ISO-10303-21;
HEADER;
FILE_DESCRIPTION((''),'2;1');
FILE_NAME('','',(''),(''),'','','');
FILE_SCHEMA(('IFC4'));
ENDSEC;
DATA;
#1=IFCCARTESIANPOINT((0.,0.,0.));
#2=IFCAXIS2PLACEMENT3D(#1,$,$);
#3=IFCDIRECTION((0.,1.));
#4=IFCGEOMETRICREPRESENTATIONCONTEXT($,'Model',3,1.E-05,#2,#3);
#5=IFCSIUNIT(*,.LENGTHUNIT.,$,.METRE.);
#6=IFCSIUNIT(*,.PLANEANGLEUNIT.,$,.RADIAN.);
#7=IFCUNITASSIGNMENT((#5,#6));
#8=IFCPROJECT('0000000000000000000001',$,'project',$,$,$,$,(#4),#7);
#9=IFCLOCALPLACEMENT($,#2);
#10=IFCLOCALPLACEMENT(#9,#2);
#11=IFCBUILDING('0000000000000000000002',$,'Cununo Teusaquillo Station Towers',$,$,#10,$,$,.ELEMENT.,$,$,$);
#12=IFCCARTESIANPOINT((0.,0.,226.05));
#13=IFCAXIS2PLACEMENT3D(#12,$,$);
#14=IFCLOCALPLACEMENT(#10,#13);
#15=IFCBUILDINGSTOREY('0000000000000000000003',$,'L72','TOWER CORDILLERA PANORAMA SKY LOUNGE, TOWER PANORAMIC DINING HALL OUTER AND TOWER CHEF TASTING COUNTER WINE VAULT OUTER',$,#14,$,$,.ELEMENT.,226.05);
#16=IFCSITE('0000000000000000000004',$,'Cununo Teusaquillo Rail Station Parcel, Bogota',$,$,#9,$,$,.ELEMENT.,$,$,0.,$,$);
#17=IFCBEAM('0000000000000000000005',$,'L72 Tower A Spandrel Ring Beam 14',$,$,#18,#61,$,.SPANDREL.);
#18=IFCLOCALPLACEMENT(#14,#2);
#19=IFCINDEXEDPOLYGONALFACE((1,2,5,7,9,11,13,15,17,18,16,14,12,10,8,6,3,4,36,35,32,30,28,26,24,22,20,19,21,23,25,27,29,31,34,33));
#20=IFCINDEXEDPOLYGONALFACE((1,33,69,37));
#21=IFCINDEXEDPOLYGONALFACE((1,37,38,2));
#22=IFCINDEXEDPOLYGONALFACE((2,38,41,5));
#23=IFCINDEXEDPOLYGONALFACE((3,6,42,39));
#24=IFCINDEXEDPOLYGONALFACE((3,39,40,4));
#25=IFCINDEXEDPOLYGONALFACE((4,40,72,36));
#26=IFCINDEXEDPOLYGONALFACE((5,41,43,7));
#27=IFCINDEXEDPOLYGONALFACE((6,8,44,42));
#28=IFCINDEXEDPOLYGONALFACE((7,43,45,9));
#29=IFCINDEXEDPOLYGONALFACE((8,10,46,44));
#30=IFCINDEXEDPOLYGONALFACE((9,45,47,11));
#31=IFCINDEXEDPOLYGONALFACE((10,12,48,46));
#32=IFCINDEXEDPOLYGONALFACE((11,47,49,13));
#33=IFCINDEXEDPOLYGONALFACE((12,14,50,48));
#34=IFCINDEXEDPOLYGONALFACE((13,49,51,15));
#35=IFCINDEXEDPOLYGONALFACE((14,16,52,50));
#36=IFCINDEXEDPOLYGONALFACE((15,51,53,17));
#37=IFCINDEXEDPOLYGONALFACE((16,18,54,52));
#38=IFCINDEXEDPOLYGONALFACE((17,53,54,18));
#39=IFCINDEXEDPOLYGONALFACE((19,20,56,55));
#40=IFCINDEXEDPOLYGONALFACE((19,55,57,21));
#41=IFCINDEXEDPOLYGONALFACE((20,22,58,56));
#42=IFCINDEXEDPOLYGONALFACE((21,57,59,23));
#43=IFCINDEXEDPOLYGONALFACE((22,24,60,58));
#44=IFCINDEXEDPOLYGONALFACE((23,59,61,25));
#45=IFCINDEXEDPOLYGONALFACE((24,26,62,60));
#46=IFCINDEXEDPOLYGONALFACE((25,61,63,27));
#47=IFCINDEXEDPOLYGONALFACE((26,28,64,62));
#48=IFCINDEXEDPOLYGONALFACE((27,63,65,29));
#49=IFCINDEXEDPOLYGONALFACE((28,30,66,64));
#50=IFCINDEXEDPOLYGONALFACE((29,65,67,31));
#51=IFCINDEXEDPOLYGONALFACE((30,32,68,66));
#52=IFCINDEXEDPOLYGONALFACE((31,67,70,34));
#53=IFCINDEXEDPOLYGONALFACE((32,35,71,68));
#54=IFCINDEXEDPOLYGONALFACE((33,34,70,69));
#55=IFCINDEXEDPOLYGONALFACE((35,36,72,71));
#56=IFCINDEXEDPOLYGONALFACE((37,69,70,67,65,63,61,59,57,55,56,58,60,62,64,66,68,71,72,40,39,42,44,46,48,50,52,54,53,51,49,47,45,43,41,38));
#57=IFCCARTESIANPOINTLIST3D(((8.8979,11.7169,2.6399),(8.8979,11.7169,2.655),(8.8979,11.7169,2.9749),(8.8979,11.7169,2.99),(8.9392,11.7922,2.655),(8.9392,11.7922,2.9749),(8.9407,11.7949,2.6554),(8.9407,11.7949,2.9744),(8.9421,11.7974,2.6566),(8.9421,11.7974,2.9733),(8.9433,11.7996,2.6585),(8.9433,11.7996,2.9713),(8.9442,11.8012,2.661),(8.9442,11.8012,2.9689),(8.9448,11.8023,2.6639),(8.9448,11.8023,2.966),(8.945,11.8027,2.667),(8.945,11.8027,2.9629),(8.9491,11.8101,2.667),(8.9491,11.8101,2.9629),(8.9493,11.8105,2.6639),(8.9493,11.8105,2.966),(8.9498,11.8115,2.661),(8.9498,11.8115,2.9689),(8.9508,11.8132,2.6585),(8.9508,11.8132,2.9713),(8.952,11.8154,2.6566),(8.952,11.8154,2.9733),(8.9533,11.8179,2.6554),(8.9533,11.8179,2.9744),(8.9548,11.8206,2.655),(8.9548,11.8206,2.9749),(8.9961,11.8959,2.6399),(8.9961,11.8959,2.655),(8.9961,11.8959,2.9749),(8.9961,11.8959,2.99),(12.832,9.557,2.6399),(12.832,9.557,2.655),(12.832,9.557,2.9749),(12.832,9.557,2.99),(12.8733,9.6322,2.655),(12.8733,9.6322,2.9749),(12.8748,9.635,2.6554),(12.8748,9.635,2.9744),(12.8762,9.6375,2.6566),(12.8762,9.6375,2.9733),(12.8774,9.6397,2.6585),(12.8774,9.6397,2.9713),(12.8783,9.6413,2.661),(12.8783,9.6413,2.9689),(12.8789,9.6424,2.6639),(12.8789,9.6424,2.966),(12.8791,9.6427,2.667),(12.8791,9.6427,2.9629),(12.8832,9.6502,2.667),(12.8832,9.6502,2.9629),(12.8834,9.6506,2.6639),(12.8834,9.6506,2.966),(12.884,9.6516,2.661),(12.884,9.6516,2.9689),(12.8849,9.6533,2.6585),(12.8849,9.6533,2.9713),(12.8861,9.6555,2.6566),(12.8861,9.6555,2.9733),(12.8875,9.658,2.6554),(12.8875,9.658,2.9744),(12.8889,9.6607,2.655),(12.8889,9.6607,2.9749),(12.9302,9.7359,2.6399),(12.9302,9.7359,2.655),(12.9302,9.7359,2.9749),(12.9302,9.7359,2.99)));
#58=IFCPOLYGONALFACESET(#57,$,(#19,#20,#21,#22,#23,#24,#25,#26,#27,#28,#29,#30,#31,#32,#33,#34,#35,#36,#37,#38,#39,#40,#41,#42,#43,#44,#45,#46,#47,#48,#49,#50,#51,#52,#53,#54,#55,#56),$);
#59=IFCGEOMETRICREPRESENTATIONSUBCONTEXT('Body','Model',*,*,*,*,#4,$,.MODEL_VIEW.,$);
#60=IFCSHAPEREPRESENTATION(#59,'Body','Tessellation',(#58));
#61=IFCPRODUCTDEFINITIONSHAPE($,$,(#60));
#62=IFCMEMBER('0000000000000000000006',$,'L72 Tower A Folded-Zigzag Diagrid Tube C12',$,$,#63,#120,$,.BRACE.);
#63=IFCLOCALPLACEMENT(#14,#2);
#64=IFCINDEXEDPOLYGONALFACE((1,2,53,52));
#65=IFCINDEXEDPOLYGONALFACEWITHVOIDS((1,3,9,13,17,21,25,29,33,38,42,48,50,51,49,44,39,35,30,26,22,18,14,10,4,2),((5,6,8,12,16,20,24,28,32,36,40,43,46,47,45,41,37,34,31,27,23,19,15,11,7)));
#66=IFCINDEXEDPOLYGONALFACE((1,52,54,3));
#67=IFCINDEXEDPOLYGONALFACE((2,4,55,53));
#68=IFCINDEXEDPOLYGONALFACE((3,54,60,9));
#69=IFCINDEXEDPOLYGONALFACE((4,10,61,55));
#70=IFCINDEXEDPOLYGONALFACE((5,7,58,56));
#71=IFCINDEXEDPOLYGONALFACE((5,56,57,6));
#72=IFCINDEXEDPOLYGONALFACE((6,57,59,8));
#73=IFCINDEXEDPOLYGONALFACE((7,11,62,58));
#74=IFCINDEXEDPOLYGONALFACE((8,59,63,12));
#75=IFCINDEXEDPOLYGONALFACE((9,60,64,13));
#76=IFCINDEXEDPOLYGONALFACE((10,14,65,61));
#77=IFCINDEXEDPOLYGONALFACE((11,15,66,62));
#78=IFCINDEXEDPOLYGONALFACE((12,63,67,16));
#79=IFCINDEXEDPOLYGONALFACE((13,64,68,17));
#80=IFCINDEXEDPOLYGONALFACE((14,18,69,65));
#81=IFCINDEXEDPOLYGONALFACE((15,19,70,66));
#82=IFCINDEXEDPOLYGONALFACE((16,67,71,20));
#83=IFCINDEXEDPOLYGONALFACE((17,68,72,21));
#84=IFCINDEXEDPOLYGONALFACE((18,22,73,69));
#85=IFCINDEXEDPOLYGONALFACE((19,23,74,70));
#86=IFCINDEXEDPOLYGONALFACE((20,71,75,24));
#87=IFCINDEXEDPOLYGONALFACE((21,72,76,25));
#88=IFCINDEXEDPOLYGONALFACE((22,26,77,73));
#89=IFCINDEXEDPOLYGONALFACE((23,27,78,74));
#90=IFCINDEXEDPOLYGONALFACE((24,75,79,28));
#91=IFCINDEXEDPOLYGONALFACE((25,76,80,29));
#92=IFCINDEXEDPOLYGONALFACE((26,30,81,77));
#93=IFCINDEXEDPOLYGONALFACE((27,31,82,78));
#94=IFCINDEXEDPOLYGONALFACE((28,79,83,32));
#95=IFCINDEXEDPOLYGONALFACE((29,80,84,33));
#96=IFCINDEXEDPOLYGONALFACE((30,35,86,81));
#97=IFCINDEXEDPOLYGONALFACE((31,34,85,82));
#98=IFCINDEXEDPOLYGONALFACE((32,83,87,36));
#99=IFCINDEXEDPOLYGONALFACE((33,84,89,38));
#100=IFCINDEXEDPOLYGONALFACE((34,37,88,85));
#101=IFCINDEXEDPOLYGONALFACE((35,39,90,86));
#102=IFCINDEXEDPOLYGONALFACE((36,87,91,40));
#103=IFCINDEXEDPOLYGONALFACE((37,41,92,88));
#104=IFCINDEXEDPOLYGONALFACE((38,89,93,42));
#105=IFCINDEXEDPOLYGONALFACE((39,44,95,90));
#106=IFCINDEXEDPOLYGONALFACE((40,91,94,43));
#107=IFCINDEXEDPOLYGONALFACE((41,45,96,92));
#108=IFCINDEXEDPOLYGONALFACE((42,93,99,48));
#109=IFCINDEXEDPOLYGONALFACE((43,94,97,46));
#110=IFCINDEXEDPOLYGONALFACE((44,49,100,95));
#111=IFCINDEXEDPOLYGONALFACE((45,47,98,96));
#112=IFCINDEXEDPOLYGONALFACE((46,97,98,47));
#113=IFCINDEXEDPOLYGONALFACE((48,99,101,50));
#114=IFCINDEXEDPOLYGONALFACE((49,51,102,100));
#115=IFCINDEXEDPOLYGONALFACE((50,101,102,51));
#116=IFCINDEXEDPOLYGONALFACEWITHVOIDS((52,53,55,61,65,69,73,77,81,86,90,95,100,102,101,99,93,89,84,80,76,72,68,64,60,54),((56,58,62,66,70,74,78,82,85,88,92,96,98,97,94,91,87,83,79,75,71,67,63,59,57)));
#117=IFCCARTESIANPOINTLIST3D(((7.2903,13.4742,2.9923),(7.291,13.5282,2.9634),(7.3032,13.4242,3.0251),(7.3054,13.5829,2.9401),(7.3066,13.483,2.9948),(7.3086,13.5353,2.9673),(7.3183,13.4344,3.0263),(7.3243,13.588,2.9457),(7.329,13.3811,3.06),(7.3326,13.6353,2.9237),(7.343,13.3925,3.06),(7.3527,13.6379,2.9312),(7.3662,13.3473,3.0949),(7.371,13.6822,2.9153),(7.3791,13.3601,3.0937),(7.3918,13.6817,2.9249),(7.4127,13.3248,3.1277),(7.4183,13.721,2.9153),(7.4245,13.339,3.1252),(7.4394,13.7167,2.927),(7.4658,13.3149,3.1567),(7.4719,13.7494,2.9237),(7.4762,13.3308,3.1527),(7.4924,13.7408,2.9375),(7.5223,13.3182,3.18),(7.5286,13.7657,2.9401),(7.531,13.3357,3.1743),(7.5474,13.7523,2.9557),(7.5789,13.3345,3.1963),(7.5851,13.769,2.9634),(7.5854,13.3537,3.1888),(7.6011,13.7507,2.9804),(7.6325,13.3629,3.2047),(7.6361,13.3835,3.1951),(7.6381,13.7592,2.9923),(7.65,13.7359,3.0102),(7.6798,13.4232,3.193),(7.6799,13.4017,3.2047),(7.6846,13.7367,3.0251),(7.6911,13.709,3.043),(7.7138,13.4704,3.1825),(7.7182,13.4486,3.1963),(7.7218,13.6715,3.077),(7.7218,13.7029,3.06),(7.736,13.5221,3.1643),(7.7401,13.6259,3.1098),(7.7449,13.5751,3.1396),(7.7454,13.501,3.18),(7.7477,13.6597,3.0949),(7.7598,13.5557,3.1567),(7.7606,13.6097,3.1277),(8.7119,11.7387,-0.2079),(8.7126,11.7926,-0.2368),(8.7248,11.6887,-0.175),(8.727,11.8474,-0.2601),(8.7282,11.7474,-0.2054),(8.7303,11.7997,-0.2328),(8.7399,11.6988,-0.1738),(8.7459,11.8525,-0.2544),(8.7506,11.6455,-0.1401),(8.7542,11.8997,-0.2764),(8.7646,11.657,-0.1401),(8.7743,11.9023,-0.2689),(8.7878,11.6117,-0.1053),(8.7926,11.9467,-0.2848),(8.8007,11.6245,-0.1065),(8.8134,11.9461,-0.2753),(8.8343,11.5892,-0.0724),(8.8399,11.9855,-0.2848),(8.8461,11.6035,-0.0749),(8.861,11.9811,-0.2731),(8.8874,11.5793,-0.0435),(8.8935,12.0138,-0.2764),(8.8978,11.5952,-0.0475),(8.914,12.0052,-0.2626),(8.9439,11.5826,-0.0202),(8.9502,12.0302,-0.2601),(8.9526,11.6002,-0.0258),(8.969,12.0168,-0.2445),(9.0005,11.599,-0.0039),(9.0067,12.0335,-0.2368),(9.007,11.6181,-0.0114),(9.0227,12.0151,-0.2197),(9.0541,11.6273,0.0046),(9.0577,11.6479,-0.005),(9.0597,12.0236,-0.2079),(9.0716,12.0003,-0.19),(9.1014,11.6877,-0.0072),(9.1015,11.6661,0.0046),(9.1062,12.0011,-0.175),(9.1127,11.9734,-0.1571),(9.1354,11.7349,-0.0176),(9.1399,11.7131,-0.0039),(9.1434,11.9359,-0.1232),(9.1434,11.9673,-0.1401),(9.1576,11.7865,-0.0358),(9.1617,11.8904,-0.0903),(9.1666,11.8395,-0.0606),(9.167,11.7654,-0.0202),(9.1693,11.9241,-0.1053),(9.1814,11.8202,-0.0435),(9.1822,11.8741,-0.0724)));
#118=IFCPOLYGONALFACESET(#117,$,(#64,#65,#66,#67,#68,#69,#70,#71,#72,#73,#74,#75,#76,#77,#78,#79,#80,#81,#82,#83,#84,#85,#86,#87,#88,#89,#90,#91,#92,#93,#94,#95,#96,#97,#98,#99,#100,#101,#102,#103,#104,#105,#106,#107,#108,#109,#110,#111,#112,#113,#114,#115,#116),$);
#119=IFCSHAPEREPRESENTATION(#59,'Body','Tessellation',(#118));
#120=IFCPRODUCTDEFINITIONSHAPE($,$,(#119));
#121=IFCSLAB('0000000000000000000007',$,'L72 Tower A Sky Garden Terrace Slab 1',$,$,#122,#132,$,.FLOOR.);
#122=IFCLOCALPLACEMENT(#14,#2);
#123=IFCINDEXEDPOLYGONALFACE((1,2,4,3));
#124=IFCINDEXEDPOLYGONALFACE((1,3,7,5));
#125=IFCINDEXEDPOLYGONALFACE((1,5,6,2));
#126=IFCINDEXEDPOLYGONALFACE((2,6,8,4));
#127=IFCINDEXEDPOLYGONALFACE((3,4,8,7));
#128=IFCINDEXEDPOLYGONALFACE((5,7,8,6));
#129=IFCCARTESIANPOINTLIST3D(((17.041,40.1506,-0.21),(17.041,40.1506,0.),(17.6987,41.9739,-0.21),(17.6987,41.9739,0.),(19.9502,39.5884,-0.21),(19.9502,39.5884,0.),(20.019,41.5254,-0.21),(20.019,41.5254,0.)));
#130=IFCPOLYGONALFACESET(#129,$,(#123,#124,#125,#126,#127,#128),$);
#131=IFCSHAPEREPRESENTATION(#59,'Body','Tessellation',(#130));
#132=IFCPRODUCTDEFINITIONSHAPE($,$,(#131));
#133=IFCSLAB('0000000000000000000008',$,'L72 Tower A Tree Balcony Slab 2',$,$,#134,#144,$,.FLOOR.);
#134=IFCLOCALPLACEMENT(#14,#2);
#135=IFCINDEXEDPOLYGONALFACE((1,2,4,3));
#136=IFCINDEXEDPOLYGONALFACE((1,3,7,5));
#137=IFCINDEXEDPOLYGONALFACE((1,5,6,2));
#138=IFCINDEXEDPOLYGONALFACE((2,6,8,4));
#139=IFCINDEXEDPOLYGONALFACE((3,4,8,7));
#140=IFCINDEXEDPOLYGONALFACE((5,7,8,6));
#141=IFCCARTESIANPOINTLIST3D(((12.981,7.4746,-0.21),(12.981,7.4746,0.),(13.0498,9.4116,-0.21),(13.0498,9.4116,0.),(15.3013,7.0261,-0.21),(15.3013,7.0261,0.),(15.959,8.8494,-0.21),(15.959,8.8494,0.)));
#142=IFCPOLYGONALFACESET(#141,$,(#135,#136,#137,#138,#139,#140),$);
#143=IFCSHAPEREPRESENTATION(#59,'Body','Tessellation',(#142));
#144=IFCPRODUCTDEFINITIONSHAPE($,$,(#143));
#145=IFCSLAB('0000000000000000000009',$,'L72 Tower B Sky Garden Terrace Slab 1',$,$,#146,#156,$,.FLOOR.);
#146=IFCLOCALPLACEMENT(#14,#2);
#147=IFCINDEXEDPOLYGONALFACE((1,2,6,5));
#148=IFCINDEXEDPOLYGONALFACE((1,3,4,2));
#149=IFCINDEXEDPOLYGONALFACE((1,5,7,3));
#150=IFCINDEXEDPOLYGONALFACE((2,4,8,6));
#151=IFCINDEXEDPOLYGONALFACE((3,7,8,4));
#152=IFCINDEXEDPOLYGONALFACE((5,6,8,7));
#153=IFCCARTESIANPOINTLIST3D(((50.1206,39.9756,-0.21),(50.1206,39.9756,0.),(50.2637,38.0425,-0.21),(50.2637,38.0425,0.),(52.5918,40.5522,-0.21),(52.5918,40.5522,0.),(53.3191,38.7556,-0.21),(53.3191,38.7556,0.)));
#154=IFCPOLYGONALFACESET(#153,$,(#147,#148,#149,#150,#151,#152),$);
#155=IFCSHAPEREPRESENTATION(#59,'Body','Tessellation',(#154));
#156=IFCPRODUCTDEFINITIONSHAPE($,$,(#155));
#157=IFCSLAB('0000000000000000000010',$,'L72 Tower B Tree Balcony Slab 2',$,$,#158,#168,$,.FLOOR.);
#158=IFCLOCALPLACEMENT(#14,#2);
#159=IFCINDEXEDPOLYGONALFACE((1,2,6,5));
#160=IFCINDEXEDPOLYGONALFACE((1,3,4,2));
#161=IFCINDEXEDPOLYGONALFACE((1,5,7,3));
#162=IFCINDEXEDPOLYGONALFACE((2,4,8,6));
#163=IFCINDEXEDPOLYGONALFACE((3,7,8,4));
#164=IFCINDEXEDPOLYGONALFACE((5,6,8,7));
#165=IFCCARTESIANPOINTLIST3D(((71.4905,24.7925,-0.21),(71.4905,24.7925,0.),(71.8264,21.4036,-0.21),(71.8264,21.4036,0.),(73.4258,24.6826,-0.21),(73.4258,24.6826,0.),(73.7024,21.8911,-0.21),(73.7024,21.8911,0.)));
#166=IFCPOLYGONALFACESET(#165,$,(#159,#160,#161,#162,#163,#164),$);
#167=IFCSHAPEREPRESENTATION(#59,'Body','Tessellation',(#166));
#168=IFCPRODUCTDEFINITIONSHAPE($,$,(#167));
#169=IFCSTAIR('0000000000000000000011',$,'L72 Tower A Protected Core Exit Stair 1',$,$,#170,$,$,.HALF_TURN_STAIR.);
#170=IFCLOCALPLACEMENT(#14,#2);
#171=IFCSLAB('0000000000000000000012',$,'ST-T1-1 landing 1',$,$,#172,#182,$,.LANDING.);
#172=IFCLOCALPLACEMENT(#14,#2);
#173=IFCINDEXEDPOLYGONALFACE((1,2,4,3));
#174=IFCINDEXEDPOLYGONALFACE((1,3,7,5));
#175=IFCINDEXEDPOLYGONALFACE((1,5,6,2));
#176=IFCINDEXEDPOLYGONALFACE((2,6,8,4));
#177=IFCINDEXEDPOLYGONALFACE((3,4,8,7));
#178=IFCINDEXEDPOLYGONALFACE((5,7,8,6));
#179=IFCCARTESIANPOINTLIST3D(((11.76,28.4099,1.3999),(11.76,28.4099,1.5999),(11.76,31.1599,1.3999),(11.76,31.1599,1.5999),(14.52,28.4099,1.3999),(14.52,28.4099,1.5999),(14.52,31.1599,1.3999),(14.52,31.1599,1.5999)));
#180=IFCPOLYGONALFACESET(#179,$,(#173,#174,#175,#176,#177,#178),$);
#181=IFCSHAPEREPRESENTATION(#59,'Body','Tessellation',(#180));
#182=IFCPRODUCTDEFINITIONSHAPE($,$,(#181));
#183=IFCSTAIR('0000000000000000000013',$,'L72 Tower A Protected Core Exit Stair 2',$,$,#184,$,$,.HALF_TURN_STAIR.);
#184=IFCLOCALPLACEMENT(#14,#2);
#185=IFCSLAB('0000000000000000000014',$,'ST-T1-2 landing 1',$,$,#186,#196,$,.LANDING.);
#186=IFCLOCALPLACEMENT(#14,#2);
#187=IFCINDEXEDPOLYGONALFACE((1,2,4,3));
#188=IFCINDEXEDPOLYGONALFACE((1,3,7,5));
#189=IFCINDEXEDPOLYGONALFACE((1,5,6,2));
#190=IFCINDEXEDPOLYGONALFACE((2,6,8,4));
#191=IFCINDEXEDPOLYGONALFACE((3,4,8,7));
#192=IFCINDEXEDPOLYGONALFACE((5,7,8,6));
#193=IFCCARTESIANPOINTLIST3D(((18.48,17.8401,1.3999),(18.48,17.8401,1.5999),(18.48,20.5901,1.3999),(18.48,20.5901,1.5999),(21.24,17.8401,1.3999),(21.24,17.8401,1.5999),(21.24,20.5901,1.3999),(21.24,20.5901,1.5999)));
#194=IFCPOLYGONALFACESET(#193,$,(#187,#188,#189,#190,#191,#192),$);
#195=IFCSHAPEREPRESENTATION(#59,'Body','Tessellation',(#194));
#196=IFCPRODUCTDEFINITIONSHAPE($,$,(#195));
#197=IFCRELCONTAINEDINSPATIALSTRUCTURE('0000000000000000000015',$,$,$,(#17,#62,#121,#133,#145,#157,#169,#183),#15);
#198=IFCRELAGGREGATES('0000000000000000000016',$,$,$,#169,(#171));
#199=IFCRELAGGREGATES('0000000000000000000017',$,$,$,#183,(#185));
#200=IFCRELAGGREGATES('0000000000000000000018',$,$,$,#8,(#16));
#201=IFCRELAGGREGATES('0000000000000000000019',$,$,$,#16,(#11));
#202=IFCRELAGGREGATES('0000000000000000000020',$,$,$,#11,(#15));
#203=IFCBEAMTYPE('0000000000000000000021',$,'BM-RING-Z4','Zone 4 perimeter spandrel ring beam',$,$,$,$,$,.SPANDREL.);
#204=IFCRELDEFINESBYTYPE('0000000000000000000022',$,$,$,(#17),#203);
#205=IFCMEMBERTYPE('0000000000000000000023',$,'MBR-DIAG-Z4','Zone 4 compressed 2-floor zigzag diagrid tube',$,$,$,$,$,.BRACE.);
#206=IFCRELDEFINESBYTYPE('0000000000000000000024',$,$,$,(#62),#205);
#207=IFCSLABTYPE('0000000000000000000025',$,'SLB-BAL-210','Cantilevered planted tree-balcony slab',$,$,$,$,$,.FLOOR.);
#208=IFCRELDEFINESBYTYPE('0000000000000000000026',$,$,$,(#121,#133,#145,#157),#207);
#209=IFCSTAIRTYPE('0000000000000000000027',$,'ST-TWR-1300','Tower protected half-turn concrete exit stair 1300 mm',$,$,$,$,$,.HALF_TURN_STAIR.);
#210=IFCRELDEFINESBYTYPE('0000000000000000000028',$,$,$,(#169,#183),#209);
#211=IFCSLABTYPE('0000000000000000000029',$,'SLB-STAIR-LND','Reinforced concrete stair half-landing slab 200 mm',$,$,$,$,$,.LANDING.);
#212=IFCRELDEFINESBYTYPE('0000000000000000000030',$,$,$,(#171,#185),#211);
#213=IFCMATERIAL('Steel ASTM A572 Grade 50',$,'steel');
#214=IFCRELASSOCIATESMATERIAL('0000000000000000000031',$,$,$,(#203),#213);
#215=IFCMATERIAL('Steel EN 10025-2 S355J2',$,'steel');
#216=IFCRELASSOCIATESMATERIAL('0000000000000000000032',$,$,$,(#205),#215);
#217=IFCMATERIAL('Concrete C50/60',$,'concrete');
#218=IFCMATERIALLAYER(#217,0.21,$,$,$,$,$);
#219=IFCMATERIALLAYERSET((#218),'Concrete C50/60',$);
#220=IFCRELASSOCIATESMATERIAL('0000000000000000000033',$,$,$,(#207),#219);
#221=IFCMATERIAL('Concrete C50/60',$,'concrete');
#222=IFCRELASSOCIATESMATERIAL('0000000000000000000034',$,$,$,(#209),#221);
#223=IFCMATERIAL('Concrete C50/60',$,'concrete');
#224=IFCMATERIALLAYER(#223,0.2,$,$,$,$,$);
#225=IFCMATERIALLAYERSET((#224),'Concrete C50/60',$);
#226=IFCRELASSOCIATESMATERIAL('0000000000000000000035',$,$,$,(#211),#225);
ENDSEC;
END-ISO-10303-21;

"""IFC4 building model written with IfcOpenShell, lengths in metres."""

from ifc_helpers import new_model, si_unit, direction, frame, origin, origin_2d, place, context, subcontext, project, spatial, polyline, hollow_circle, i_section, outline, extrude, material, layer, layer_set, material_profile, profile_set, type_object, element, aggregate, save


model = new_model("IFC4")

# Units and contexts
model_context = context("Model", 3, precision=1e-05, world=origin(), true_north=direction((0.0, 1.0)))
body_context = subcontext(model_context, "Body", "Model", "MODEL_VIEW")
ifc_project = project(units=[si_unit("LENGTHUNIT", "METRE"), si_unit("PLANEANGLEUNIT", "RADIAN")], contexts=[model_context])

# Site, building, storey
site_placement = place(None, origin())
site = spatial("IfcSite", under=ifc_project, at=site_placement, Name="Cununo Teusaquillo Rail Station Parcel, Bogota", CompositionType="ELEMENT", RefElevation=0.0)
building_placement = place(site_placement, origin())
building = spatial("IfcBuilding", under=site, at=building_placement, Name="Cununo Teusaquillo Station Towers", CompositionType="ELEMENT")
storey_placement = place(building_placement, frame((0.0, 0.0, 226.05)))
storey = spatial("IfcBuildingStorey", under=building, at=storey_placement, Name="L72", Description="TOWER CORDILLERA PANORAMA SKY LOUNGE, TOWER PANORAMIC DINING HALL OUTER AND TOWER CHEF TASTING COUNTER WINE VAULT OUTER", CompositionType="ELEMENT", Elevation=226.05)

# Beam
ifc_material_1 = material(Name="Steel ASTM A572 Grade 50", Category="steel")
ifc_material_profile_1 = material_profile(ifc_material_1, i_section(OverallWidth=0.2041, OverallDepth=0.3501, WebThickness=0.0085, FlangeThickness=0.0151, FilletRadius=0.012, at=origin_2d()), Name="W14X48")
ifc_profile_set_1 = profile_set([ifc_material_profile_1], Name="Steel ASTM A572 Grade 50")
beam_type = type_object("IfcBeamType", Name="BM-RING-Z4", Description="Zone 4 perimeter spandrel ring beam", PredefinedType="SPANDREL", material=ifc_profile_set_1)
beam_1_placement = place(storey_placement, frame((8.947, 11.8064, 2.8149), z_axis=(0.876576, -0.481263, 0.0), x_axis=(0.481263, 0.876576, 0.0)))
element("IfcBeam", 1, at=beam_1_placement, inside=storey, type_object=beam_type, Name="L72 Tower A Spandrel Ring Beam 14", PredefinedType="SPANDREL", context=body_context, shape_type="SweptSolid", body=[
    extrude(i_section(OverallWidth=0.2041, OverallDepth=0.3501, WebThickness=0.0085, FlangeThickness=0.0151, FilletRadius=0.012, at=origin_2d()), origin(), (0.0, 0.0, 1.0), 4.488),
])

# Member
ifc_material_2 = material(Name="Steel EN 10025-2 S355J2", Category="steel")
ifc_material_profile_2 = material_profile(ifc_material_2, hollow_circle(Radius=0.2539, WallThickness=0.0181, at=origin_2d()), Name="CHS 508x18")
ifc_profile_set_2 = profile_set([ifc_material_profile_2], Name="Steel EN 10025-2 S355J2")
member_type = type_object("IfcMemberType", Name="MBR-DIAG-Z4", Description="Zone 4 compressed 2-floor zigzag diagrid tube", PredefinedType="BRACE", material=ifc_profile_set_2)
member_placement = place(storey_placement, frame((8.947, 11.8064, -0.1401), z_axis=(-0.363749, 0.444083, 0.818827), x_axis=(-0.773608, -0.633664, 0.0)))
element("IfcMember", 2, at=member_placement, inside=storey, type_object=member_type, Name="L72 Tower A Folded-Zigzag Diagrid Tube C12", PredefinedType="BRACE", context=body_context, shape_type="SweptSolid", body=[
    extrude(hollow_circle(Radius=0.2539, WallThickness=0.0181, at=origin_2d()), origin(), (0.0, 0.0, 1.0), 3.9082),
])

# Slabs
ifc_material_3 = material(Name="Concrete C50/60", Category="concrete")
ifc_layer_1 = layer(ifc_material_3, 0.21)
ifc_layer_set_1 = layer_set([ifc_layer_1], Name="Concrete C50/60")
slab_type_1 = type_object("IfcSlabType", Name="SLB-BAL-210", Description="Cantilevered planted tree-balcony slab", PredefinedType="FLOOR", material=ifc_layer_set_1)
slab_1_placement = place(storey_placement, frame((0.0, 0.0, -0.21)))
element("IfcSlab", 3, at=slab_1_placement, inside=storey, type_object=slab_type_1, Name="L72 Tower A Sky Garden Terrace Slab 1", PredefinedType="FLOOR", context=body_context, shape_type="SweptSolid", body=[
    extrude(outline(polyline([(19.9502, 39.5884), (17.041, 40.1506), (17.6987, 41.9739), (20.019, 41.5254), (19.9502, 39.5884)])), origin(), (0.0, 0.0, 1.0), 0.21),
])
slab_2_placement = place(storey_placement, frame((0.0, 0.0, -0.21)))
element("IfcSlab", 4, at=slab_2_placement, inside=storey, type_object=slab_type_1, Name="L72 Tower A Tree Balcony Slab 2", PredefinedType="FLOOR", context=body_context, shape_type="SweptSolid", body=[
    extrude(outline(polyline([(13.0498, 9.4116), (15.959, 8.8494), (15.3013, 7.0261), (12.981, 7.4746), (13.0498, 9.4116)])), origin(), (0.0, 0.0, 1.0), 0.21),
])
slab_3_placement = place(storey_placement, frame((0.0, 0.0, -0.21)))
element("IfcSlab", 5, at=slab_3_placement, inside=storey, type_object=slab_type_1, Name="L72 Tower B Sky Garden Terrace Slab 1", PredefinedType="FLOOR", context=body_context, shape_type="SweptSolid", body=[
    extrude(outline(polyline([(53.3191, 38.7556), (50.2637, 38.0425), (50.1206, 39.9756), (52.5918, 40.5522), (53.3191, 38.7556)])), origin(), (0.0, 0.0, 1.0), 0.21),
])
slab_4_placement = place(storey_placement, frame((0.0, 0.0, -0.21)))
element("IfcSlab", 6, at=slab_4_placement, inside=storey, type_object=slab_type_1, Name="L72 Tower B Tree Balcony Slab 2", PredefinedType="FLOOR", context=body_context, shape_type="SweptSolid", body=[
    extrude(outline(polyline([(71.8264, 21.4036), (71.4905, 24.7925), (73.4258, 24.6826), (73.7024, 21.8911), (71.8264, 21.4036)])), origin(), (0.0, 0.0, 1.0), 0.21),
])

# Stairs, slabs
ifc_material_4 = material(Name="Concrete C50/60", Category="concrete")
stair_type = type_object("IfcStairType", Name="ST-TWR-1300", Description="Tower protected half-turn concrete exit stair 1300 mm", PredefinedType="HALF_TURN_STAIR", material=ifc_material_4)
stair_1_placement = place(storey_placement, origin())
stair_1 = element("IfcStair", 7, at=stair_1_placement, inside=storey, type_object=stair_type, Name="L72 Tower A Protected Core Exit Stair 1", PredefinedType="HALF_TURN_STAIR")
ifc_material_5 = material(Name="Concrete C50/60", Category="concrete")
ifc_layer_2 = layer(ifc_material_5, 0.2)
ifc_layer_set_2 = layer_set([ifc_layer_2], Name="Concrete C50/60")
slab_type_2 = type_object("IfcSlabType", Name="SLB-STAIR-LND", Description="Reinforced concrete stair half-landing slab 200 mm", PredefinedType="LANDING", material=ifc_layer_set_2)
slab_5_placement = place(storey_placement, frame((0.0, 0.0, 1.3999)))
slab_5 = element("IfcSlab", 8, at=slab_5_placement, type_object=slab_type_2, Name="ST-T1-1 landing 1", PredefinedType="LANDING", context=body_context, shape_type="SweptSolid", body=[
    extrude(outline(polyline([(14.52, 28.4099), (14.52, 31.1599), (11.76, 31.1599), (11.76, 28.4099), (14.52, 28.4099)])), origin(), (0.0, 0.0, 1.0), 0.2),
])
aggregate(stair_1, [slab_5])
stair_2_placement = place(storey_placement, origin())
stair_2 = element("IfcStair", 9, at=stair_2_placement, inside=storey, type_object=stair_type, Name="L72 Tower A Protected Core Exit Stair 2", PredefinedType="HALF_TURN_STAIR")
slab_6_placement = place(storey_placement, frame((0.0, 0.0, 1.3999)))
slab_6 = element("IfcSlab", 10, at=slab_6_placement, type_object=slab_type_2, Name="ST-T1-2 landing 1", PredefinedType="LANDING", context=body_context, shape_type="SweptSolid", body=[
    extrude(outline(polyline([(18.48, 20.5901), (18.48, 17.8401), (21.24, 17.8401), (21.24, 20.5901), (18.48, 20.5901)])), origin(), (0.0, 0.0, 1.0), 0.2),
])
aggregate(stair_2, [slab_6])

save(model, "model.ifc")
